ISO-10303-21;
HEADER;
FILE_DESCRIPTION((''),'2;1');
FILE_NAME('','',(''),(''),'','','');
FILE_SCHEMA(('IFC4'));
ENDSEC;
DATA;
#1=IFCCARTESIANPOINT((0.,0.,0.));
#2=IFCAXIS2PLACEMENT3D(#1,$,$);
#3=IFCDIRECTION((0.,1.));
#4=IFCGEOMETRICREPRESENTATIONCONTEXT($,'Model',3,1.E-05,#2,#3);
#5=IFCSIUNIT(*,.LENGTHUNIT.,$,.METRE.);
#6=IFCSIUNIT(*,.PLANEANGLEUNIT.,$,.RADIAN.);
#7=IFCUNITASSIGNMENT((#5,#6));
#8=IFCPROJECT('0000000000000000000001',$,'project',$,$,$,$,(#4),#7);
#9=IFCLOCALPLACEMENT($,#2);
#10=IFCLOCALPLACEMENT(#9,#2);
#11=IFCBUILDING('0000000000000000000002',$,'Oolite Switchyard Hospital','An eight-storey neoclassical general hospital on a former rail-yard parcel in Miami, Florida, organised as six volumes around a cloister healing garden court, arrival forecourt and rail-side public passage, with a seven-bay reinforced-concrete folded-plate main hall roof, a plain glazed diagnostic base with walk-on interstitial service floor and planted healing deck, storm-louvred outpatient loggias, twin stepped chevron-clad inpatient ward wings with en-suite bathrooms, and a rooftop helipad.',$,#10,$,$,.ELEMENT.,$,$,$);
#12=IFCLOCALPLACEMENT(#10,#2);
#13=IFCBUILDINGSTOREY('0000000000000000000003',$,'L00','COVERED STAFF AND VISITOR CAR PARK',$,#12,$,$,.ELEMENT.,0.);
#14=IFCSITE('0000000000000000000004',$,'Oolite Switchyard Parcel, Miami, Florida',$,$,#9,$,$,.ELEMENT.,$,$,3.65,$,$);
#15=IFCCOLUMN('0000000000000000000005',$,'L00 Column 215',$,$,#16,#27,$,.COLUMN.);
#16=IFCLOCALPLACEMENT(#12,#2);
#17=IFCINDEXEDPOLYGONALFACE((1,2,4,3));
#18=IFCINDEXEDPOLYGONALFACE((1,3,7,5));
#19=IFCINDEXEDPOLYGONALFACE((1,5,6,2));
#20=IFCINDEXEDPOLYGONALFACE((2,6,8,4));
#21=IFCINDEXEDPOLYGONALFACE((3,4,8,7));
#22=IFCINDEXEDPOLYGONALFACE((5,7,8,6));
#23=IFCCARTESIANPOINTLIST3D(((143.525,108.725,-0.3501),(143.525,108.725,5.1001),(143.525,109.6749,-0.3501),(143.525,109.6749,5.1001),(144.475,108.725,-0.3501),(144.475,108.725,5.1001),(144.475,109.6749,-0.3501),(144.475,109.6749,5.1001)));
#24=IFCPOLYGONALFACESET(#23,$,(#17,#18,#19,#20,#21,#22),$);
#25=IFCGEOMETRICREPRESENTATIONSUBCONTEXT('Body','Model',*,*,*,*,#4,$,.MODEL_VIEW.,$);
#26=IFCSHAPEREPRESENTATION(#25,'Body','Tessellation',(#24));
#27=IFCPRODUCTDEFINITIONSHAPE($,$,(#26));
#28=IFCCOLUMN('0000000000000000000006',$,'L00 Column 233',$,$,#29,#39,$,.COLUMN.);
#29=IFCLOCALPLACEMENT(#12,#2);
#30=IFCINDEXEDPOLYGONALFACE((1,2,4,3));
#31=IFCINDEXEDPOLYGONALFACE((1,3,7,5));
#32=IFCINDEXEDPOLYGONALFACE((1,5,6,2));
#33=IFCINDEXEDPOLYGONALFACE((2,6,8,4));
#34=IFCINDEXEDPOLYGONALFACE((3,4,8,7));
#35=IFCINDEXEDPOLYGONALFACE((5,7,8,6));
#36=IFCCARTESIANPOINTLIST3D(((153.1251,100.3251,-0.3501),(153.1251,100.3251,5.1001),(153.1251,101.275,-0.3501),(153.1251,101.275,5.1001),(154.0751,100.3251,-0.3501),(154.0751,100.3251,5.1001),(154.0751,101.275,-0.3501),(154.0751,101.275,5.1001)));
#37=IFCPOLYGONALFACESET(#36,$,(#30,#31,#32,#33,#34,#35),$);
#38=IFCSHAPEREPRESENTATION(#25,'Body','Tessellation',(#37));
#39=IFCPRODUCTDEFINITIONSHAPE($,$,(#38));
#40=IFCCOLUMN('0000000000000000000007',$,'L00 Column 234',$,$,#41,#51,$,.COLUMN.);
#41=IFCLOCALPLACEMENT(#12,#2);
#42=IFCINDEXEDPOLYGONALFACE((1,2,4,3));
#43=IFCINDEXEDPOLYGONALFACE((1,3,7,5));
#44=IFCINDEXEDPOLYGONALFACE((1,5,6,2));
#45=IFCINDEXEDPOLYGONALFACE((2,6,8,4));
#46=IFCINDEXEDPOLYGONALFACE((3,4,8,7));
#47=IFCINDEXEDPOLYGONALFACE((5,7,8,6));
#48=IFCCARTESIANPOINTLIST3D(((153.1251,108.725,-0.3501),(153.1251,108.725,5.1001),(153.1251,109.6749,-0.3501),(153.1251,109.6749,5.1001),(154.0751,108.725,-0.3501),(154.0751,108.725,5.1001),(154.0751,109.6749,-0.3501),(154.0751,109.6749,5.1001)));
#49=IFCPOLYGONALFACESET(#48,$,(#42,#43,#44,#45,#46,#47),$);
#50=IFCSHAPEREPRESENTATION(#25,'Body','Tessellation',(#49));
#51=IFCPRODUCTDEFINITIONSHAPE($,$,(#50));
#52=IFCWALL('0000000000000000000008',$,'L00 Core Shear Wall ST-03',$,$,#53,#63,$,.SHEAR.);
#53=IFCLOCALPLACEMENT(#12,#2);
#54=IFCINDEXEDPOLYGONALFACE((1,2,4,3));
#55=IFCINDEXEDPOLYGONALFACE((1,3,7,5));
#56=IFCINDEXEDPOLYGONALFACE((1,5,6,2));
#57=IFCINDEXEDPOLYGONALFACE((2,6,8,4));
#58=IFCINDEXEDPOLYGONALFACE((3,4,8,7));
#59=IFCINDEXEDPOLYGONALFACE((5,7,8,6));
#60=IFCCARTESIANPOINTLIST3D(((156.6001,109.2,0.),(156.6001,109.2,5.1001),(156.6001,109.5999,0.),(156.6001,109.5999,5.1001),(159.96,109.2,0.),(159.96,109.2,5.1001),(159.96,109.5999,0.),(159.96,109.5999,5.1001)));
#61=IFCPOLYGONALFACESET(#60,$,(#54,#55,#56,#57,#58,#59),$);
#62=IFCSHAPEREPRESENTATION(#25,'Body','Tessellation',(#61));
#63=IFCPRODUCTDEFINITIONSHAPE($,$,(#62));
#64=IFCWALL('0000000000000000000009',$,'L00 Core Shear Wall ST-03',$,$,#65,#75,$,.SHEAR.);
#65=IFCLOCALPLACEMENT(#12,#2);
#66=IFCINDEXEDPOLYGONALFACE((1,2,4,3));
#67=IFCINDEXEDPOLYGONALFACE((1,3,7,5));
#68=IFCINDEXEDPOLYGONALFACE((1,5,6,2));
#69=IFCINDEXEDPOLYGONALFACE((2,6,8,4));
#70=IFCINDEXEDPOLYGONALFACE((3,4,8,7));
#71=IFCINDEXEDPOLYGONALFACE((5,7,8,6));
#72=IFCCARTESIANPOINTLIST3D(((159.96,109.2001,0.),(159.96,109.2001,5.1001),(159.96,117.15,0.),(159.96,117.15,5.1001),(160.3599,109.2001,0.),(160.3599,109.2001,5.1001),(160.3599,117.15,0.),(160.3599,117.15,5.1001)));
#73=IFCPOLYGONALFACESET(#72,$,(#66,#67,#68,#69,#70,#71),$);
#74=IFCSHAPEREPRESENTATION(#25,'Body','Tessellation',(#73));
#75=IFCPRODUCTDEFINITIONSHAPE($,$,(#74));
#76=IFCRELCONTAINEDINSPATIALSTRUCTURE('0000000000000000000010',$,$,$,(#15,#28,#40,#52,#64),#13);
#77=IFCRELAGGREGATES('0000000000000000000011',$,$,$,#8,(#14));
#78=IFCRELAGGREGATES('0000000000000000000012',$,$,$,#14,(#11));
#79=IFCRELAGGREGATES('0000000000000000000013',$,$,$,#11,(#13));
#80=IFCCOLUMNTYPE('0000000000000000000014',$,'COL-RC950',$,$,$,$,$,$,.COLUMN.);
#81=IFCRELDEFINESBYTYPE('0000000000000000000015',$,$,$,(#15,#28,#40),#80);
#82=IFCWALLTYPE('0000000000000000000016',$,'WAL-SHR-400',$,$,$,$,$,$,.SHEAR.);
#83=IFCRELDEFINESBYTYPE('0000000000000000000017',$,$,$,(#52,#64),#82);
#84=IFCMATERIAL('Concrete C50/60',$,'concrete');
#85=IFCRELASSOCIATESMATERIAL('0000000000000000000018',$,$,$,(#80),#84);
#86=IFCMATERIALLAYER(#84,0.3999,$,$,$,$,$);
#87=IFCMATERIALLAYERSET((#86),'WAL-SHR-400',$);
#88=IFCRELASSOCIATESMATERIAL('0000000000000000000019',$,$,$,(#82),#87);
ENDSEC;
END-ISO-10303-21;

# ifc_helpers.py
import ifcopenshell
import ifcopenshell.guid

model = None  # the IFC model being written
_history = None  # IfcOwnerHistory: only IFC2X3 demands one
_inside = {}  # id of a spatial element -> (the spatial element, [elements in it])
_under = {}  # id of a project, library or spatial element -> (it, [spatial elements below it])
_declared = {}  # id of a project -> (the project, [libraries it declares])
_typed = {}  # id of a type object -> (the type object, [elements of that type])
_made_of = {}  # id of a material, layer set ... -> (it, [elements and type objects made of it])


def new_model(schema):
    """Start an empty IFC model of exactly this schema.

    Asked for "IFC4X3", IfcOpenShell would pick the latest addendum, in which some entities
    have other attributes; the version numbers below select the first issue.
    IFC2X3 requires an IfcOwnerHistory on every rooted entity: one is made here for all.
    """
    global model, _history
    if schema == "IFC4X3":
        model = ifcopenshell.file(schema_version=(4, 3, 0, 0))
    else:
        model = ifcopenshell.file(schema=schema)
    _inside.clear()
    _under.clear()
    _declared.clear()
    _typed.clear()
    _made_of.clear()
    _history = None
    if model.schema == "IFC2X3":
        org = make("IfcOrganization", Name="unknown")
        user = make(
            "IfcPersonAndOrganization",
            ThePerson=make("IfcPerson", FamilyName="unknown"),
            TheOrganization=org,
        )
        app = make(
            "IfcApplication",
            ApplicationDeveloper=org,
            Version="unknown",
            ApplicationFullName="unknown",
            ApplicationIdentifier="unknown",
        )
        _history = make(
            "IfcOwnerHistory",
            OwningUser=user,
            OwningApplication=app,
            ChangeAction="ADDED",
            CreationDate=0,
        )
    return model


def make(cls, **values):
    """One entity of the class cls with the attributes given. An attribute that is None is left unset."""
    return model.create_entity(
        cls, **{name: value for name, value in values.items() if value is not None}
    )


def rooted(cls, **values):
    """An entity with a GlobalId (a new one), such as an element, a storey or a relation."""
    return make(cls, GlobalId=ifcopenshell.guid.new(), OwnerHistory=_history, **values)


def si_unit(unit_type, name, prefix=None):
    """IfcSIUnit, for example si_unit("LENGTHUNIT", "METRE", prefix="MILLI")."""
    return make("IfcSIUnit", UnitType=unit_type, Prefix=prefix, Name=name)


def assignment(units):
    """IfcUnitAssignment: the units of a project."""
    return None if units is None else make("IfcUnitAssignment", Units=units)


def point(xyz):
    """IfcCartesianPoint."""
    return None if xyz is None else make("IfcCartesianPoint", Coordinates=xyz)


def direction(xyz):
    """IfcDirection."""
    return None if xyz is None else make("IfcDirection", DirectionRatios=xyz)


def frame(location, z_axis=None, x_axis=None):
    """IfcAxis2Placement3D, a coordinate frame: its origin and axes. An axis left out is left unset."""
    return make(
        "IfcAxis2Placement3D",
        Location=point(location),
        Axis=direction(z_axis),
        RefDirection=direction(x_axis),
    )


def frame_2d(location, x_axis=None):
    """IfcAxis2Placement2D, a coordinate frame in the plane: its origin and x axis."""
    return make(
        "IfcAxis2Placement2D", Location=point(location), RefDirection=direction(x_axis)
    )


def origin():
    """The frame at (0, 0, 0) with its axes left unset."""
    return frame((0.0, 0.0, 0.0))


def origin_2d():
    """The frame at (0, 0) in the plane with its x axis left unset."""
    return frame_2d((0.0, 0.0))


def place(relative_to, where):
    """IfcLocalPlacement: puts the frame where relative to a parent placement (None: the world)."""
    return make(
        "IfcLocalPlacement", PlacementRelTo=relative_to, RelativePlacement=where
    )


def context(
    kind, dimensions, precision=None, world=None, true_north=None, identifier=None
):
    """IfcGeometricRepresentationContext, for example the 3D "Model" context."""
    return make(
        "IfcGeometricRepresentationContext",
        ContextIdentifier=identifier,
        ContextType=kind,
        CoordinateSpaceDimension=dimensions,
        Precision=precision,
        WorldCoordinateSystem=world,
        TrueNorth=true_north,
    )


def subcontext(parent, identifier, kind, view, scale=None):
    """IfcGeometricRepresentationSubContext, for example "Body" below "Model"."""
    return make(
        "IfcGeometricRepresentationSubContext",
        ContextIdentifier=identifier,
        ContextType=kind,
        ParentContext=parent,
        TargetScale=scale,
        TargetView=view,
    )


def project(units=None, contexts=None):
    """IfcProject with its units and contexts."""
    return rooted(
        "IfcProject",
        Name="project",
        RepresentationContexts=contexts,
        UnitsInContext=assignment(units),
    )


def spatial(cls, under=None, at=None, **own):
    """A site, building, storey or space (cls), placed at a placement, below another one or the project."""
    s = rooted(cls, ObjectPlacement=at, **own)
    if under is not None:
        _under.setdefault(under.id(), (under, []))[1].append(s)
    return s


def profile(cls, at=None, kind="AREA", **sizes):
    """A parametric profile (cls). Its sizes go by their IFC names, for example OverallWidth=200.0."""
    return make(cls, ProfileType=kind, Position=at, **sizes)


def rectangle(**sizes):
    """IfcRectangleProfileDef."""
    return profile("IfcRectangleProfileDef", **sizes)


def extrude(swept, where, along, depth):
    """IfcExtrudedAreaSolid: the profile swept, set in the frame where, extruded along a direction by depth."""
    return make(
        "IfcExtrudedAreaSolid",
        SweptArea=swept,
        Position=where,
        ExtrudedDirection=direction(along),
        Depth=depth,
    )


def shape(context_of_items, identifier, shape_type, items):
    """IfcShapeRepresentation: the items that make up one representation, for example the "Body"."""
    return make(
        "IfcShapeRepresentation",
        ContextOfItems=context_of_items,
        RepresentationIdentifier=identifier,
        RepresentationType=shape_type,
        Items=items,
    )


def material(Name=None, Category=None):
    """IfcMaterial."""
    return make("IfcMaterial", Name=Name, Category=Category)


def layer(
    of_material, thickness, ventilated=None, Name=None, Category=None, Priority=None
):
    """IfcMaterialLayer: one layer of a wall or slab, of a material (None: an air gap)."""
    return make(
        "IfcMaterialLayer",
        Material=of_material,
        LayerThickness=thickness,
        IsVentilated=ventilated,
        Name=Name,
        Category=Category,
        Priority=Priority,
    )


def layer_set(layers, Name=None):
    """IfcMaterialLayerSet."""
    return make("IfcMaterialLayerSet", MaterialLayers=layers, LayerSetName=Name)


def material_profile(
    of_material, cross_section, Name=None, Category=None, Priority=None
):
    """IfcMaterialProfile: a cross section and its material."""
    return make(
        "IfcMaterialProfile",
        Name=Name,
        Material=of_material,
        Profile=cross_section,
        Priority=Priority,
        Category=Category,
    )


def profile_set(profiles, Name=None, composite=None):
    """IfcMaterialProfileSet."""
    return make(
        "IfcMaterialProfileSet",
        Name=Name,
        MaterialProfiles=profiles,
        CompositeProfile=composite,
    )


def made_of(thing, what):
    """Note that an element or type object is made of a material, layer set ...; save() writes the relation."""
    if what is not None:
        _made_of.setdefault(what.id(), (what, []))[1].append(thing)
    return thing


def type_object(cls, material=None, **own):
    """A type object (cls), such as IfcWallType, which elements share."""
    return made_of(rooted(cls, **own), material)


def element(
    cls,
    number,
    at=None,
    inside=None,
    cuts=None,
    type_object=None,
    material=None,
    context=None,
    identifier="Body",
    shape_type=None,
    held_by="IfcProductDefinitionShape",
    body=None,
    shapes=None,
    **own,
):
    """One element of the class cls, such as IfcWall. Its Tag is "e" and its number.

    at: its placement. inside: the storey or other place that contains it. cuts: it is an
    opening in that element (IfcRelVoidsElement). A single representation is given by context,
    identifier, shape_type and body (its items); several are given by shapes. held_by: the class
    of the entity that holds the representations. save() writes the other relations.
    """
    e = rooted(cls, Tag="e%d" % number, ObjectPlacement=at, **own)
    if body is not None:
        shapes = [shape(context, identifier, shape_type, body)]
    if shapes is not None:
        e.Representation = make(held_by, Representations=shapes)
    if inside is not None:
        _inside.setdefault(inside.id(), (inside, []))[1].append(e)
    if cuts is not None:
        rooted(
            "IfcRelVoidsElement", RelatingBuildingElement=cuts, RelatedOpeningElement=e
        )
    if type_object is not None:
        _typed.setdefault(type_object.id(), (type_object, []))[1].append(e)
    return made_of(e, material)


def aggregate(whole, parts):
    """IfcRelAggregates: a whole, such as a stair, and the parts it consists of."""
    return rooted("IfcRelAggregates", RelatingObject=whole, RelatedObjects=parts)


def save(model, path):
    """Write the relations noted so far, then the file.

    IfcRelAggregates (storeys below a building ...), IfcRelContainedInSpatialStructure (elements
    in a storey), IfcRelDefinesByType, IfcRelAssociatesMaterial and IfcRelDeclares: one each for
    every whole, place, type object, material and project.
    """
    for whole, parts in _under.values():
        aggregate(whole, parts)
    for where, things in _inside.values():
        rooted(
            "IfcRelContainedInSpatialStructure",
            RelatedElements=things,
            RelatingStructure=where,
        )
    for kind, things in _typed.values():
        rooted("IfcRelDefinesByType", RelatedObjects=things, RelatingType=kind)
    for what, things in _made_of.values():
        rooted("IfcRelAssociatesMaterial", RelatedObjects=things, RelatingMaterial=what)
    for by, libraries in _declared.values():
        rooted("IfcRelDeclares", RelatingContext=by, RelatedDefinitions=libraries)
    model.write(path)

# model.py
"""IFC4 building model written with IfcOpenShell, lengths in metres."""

from ifc_helpers import new_model, si_unit, direction, frame, frame_2d, origin, origin_2d, place, context, subcontext, project, spatial, rectangle, extrude, material, layer, layer_set, material_profile, profile_set, type_object, element, save


model = new_model("IFC4")

# Units and contexts
model_context = context("Model", 3, precision=1e-05, world=origin(), true_north=direction((0.0, 1.0)))
body_context = subcontext(model_context, "Body", "Model", "MODEL_VIEW")
ifc_project = project(units=[si_unit("LENGTHUNIT", "METRE"), si_unit("PLANEANGLEUNIT", "RADIAN")], contexts=[model_context])

# Site, building, storey
site_placement = place(None, origin())
site = spatial("IfcSite", under=ifc_project, at=site_placement, Name="Oolite Switchyard Parcel, Miami, Florida", CompositionType="ELEMENT", RefElevation=3.65)
building_placement = place(site_placement, origin())
building = spatial("IfcBuilding", under=site, at=building_placement, Name="Oolite Switchyard Hospital", Description="An eight-storey neoclassical general hospital on a former rail-yard parcel in Miami, Florida, organised as six volumes around a cloister healing garden court, arrival forecourt and rail-side public passage, with a seven-bay reinforced-concrete folded-plate main hall roof, a plain glazed diagnostic base with walk-on interstitial service floor and planted healing deck, storm-louvred outpatient loggias, twin stepped chevron-clad inpatient ward wings with en-suite bathrooms, and a rooftop helipad.", CompositionType="ELEMENT")
storey_placement = place(building_placement, origin())
storey = spatial("IfcBuildingStorey", under=building, at=storey_placement, Name="L00", Description="COVERED STAFF AND VISITOR CAR PARK", CompositionType="ELEMENT", Elevation=0.0)

# Columns
ifc_material_1 = material(Name="Concrete C50/60", Category="concrete")
ifc_material_profile_1 = material_profile(ifc_material_1, rectangle(XDim=0.95, YDim=0.95, at=origin_2d()), Name="RC950X950")
ifc_profile_set_1 = profile_set([ifc_material_profile_1], Name="Concrete C50/60")
column_type = type_object("IfcColumnType", Name="COL-RC950", PredefinedType="COLUMN", material=ifc_profile_set_1)
for number, where, z_axis, x_axis, name in (
    (1, (144.0, 109.2, -0.3501), (0.0, 0.0, 1.0), (1.0, 0.0, 0.0), "L00 Column 215"),
    (2, (153.6001, 100.8, -0.3501), (0.0, 0.0, 1.0), (1.0, 0.0, 0.0), "L00 Column 233"),
    (3, (153.6001, 109.2, -0.3501), (0.0, 0.0, 1.0), (1.0, 0.0, 0.0), "L00 Column 234"),
):
    element("IfcColumn", number, at=place(storey_placement, frame(where, z_axis=z_axis, x_axis=x_axis)), inside=storey, type_object=column_type, Name=name, PredefinedType="COLUMN", context=body_context, shape_type="SweptSolid", body=[
        extrude(rectangle(XDim=0.95, YDim=0.95, at=origin_2d()), origin(), (0.0, 0.0, 1.0), 5.4502),
    ])

# Walls
ifc_layer = layer(ifc_material_1, 0.3999)
ifc_layer_set = layer_set([ifc_layer], Name="WAL-SHR-400")
wall_type = type_object("IfcWallType", Name="WAL-SHR-400", PredefinedType="SHEAR", material=ifc_layer_set)
wall_1_placement = place(storey_placement, frame((156.6001, 109.3999, 0.0), z_axis=(0.0, 0.0, 1.0), x_axis=(1.0, 0.0, 0.0)))
element("IfcWall", 4, at=wall_1_placement, inside=storey, type_object=wall_type, Name="L00 Core Shear Wall ST-03", PredefinedType="SHEAR", context=body_context, shape_type="SweptSolid", body=[
    extrude(rectangle(XDim=3.3599, YDim=0.3999, at=frame_2d((1.6799, 0.0))), origin(), (0.0, 0.0, 1.0), 5.1001),
])
wall_2_placement = place(storey_placement, frame((160.1599, 109.2, 0.0), z_axis=(0.0, 0.0, 1.0), x_axis=(0.0, 1.0, 0.0)))
element("IfcWall", 5, at=wall_2_placement, inside=storey, type_object=wall_type, Name="L00 Core Shear Wall ST-03", PredefinedType="SHEAR", context=body_context, shape_type="SweptSolid", body=[
    extrude(rectangle(XDim=7.95, YDim=0.3999, at=frame_2d((3.9751, 0.0))), origin(), (0.0, 0.0, 1.0), 5.1001),
])

save(model, "model.ifc")
